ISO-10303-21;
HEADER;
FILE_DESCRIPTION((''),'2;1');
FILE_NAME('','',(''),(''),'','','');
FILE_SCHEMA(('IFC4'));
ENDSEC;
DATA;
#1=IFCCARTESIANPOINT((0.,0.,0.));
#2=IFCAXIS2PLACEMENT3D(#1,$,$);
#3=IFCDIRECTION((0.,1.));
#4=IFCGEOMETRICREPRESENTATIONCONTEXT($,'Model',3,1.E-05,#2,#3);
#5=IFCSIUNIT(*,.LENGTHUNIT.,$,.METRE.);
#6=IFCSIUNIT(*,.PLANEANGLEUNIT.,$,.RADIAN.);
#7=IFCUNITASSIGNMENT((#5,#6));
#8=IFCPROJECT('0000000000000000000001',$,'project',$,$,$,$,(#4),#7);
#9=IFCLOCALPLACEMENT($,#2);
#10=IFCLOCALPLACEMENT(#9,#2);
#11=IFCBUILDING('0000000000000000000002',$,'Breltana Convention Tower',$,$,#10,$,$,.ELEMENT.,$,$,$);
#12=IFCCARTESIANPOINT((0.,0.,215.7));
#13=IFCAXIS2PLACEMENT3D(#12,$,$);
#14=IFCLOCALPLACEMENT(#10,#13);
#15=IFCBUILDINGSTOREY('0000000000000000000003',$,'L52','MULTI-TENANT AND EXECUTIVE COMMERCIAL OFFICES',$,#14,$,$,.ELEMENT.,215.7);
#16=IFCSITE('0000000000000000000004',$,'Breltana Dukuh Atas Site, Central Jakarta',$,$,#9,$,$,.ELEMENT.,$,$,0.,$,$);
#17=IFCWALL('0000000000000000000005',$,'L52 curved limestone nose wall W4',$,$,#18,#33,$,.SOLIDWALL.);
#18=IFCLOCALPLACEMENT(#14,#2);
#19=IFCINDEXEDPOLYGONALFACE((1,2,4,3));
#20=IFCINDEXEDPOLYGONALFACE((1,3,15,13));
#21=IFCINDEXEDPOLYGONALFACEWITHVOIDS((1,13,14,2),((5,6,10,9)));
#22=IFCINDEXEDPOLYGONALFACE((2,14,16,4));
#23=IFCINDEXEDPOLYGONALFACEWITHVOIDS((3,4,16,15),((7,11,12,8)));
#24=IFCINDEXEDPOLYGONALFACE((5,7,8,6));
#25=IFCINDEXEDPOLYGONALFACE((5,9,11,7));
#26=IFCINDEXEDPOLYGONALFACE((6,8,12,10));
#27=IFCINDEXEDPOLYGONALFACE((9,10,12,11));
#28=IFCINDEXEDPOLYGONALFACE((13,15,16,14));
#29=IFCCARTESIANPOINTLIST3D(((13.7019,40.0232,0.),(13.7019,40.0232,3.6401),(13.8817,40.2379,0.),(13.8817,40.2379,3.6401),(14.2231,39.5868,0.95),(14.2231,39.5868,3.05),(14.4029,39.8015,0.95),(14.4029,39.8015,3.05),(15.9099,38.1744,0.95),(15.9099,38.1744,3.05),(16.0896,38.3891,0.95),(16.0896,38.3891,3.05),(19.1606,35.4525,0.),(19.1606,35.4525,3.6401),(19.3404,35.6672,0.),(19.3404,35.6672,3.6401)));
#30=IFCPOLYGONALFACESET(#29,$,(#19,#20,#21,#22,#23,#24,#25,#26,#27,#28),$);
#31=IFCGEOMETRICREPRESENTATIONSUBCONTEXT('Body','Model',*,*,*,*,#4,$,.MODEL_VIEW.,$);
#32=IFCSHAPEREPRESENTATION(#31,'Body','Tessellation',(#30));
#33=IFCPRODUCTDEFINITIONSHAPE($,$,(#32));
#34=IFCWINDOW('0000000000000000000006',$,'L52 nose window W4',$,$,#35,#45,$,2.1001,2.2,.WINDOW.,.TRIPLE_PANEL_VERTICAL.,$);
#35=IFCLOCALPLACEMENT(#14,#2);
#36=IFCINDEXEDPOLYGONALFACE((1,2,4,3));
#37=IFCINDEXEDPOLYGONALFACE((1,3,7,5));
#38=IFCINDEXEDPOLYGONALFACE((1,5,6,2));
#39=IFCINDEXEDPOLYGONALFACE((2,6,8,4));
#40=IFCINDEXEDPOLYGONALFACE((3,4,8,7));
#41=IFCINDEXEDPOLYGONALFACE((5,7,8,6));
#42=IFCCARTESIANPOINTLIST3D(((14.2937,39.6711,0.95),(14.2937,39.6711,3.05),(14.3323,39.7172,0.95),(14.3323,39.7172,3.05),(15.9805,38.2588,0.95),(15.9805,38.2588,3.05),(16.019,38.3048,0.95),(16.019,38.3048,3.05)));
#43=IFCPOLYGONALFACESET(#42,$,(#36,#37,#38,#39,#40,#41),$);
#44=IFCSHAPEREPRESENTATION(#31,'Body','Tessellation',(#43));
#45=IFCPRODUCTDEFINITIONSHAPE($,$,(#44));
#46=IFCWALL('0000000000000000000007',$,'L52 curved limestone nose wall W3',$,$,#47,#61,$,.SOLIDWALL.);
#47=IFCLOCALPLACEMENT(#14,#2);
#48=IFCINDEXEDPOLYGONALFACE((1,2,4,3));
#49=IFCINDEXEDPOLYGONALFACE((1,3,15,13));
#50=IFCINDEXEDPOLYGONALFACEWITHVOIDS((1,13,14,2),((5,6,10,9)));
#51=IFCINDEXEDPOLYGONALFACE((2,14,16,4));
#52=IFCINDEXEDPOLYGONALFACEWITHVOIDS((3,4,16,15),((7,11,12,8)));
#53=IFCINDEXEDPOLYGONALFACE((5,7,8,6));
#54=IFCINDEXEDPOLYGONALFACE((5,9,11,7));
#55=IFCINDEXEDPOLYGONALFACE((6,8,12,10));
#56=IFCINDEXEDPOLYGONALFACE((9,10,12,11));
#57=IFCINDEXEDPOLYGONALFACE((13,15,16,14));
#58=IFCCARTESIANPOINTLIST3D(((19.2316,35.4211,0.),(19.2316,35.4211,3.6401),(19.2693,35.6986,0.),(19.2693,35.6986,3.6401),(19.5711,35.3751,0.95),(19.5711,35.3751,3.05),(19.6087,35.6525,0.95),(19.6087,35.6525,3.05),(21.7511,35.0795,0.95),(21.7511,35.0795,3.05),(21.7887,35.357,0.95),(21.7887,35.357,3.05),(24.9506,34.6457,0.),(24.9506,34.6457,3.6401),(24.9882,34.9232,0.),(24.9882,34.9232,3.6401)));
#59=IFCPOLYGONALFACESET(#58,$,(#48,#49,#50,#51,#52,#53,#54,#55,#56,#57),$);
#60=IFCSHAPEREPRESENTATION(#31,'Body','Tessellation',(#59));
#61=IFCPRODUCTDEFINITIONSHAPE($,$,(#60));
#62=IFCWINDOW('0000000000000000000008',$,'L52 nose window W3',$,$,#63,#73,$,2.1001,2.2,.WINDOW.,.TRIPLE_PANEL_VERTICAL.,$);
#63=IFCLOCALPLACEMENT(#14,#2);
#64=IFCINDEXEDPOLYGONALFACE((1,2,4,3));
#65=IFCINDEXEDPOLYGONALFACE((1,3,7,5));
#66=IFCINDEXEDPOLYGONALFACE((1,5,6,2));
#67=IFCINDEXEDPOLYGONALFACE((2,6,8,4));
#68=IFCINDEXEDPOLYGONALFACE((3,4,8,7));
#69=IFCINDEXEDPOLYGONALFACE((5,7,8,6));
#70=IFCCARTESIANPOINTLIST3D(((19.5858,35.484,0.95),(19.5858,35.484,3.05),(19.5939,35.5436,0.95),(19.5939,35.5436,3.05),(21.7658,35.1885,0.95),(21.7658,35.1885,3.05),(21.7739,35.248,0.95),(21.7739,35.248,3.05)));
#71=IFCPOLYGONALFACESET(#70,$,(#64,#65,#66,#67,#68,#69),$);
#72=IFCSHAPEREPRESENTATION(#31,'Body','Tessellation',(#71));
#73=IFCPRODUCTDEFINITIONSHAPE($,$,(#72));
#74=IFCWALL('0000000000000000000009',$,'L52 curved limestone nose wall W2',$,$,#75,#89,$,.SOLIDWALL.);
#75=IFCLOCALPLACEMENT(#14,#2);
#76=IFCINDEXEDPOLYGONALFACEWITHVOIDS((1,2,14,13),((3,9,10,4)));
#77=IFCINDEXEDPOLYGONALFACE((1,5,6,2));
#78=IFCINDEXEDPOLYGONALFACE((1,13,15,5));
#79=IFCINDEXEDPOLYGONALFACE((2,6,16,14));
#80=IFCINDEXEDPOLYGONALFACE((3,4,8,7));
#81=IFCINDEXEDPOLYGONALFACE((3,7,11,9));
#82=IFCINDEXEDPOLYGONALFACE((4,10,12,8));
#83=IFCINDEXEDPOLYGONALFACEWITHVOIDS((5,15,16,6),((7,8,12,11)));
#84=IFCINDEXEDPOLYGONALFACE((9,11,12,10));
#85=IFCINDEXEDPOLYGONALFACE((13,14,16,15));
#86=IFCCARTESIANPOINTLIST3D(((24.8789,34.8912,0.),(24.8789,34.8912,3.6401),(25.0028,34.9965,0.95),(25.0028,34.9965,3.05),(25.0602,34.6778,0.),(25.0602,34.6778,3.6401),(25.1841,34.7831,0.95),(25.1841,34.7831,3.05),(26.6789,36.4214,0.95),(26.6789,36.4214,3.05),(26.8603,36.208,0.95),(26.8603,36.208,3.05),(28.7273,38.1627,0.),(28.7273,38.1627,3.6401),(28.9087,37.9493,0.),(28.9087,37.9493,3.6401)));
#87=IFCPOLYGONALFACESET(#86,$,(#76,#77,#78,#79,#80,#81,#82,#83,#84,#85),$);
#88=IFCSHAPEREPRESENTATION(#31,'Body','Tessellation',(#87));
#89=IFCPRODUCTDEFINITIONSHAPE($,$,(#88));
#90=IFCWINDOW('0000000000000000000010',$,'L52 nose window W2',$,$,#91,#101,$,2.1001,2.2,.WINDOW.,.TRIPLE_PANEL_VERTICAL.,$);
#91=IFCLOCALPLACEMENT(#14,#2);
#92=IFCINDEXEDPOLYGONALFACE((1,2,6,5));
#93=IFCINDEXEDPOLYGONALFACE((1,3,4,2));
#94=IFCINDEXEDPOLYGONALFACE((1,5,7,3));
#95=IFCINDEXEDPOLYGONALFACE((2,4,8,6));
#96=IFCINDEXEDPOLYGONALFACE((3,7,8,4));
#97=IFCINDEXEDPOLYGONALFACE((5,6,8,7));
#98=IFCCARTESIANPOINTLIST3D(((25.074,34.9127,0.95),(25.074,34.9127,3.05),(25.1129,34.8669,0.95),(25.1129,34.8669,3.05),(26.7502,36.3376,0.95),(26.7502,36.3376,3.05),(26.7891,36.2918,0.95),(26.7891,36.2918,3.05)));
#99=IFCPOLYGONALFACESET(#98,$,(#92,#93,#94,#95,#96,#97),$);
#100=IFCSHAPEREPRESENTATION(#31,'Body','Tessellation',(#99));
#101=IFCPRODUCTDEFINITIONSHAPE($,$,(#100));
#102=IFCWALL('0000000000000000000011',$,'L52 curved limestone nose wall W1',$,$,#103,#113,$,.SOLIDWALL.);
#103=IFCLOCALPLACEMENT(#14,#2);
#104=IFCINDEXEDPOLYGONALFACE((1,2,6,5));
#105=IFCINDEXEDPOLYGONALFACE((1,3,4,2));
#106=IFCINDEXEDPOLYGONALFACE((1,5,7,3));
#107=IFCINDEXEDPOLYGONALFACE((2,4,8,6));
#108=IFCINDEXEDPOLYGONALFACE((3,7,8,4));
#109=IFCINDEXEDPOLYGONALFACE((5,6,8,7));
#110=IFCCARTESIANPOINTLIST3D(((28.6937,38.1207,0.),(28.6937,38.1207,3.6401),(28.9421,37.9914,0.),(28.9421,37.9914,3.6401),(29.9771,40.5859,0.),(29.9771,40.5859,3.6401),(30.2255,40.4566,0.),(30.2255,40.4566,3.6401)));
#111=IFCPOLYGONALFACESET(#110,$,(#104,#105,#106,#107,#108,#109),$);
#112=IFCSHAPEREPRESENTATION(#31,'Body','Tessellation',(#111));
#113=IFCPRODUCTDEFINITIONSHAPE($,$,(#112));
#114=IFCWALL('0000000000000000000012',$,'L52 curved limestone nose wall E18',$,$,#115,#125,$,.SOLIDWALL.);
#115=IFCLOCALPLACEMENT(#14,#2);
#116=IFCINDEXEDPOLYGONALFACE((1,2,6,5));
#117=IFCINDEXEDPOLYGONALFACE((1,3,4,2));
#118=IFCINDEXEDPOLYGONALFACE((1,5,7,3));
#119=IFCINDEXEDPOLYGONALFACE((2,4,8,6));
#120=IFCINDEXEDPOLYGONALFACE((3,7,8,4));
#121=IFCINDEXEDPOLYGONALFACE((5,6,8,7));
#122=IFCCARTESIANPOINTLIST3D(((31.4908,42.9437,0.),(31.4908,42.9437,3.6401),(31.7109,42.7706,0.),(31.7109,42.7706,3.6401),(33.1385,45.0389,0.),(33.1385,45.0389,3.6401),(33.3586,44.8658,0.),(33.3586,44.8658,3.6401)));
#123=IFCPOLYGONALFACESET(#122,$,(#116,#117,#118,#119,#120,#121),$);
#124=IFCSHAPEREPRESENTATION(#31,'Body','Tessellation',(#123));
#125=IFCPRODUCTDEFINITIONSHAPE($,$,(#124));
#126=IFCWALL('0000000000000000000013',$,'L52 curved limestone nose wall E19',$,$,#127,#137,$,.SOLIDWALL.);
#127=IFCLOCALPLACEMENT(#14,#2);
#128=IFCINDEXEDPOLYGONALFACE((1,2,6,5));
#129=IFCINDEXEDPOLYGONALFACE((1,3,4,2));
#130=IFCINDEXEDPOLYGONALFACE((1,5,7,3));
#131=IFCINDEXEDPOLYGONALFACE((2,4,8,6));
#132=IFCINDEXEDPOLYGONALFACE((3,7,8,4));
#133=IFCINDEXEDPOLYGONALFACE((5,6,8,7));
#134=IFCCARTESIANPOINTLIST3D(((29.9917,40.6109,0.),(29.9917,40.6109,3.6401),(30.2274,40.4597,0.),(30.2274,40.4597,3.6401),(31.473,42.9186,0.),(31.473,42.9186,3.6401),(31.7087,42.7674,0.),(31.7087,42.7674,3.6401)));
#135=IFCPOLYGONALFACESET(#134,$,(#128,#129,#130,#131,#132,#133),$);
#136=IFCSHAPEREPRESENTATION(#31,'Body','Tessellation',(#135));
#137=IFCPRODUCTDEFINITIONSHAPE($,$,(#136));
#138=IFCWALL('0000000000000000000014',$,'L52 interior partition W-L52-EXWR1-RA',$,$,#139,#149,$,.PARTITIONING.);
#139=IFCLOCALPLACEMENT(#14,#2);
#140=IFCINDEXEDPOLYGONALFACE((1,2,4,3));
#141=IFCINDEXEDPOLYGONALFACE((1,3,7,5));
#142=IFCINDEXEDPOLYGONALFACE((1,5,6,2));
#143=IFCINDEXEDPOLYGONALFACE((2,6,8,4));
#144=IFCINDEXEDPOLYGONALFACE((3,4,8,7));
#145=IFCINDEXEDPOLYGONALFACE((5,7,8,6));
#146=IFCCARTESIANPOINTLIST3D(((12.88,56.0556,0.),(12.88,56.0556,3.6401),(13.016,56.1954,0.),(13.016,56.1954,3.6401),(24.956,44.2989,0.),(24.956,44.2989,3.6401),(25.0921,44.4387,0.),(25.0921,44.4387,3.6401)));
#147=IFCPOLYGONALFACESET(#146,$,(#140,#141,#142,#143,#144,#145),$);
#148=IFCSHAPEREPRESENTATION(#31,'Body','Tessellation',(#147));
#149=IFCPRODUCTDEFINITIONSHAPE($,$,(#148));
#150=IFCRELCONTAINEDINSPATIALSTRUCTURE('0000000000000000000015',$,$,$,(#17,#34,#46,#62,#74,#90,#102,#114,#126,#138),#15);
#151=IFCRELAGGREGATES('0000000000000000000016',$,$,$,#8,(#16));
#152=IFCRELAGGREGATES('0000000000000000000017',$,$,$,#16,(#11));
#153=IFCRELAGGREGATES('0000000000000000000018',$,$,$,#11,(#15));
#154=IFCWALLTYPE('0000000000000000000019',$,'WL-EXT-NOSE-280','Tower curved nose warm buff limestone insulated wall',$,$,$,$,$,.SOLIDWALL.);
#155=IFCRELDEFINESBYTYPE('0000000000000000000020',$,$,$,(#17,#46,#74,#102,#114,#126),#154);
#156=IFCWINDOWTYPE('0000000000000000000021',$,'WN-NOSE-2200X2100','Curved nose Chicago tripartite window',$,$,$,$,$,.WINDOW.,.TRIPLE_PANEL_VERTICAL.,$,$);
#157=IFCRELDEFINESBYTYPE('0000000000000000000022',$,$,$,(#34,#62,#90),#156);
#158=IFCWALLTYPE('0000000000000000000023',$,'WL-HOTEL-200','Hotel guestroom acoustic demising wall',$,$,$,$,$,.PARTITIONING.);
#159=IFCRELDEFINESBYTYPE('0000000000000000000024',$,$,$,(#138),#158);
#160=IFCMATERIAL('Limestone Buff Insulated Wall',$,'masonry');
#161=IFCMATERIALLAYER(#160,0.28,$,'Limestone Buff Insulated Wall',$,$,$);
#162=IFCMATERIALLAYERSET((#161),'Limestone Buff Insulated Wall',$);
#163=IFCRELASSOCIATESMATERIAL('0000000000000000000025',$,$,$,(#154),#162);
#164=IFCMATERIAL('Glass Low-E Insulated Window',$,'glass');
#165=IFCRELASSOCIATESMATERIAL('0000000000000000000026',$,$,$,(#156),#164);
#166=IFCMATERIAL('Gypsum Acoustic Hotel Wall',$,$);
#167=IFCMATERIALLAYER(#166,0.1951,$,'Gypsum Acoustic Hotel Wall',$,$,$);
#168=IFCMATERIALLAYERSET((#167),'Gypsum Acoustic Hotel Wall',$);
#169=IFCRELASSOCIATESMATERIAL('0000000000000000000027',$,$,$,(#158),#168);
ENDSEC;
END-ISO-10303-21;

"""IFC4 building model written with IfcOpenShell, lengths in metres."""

from ifc_helpers import new_model, si_unit, direction, frame, frame_2d, origin, place, context, subcontext, project, spatial, rectangle, extrude, source, transform, mapped, material, layer, layer_set, type_object, type_shapes, element, fill, save


model = new_model("IFC4")

# Units and contexts
model_context = context("Model", 3, precision=1e-05, world=origin(), true_north=direction((0.0, 1.0)))
body_context = subcontext(model_context, "Body", "Model", "MODEL_VIEW")
ifc_project = project(units=[si_unit("LENGTHUNIT", "METRE"), si_unit("PLANEANGLEUNIT", "RADIAN")], contexts=[model_context])

# Site, building, storey
site_placement = place(None, origin())
site = spatial("IfcSite", under=ifc_project, at=site_placement, Name="Breltana Dukuh Atas Site, Central Jakarta", CompositionType="ELEMENT", RefElevation=0.0)
building_placement = place(site_placement, origin())
building = spatial("IfcBuilding", under=site, at=building_placement, Name="Breltana Convention Tower", CompositionType="ELEMENT")
storey_placement = place(building_placement, frame((0.0, 0.0, 215.7)))
storey = spatial("IfcBuildingStorey", under=building, at=storey_placement, Name="L52", Description="MULTI-TENANT AND EXECUTIVE COMMERCIAL OFFICES", CompositionType="ELEMENT", Elevation=215.7)

# Walls, openings, windows
ifc_material_1 = material(Name="Limestone Buff Insulated Wall", Category="masonry")
ifc_layer_1 = layer(ifc_material_1, 0.28, Name="Limestone Buff Insulated Wall")
ifc_layer_set_1 = layer_set([ifc_layer_1], Name="Limestone Buff Insulated Wall")
wall_type_1 = type_object("IfcWallType", Name="WL-EXT-NOSE-280", Description="Tower curved nose warm buff limestone insulated wall", PredefinedType="SOLIDWALL", material=ifc_layer_set_1)
ifc_material_2 = material(Name="Glass Low-E Insulated Window", Category="glass")
window_type = type_object("IfcWindowType", Name="WN-NOSE-2200X2100", Description="Curved nose Chicago tripartite window", PartitioningType="TRIPLE_PANEL_VERTICAL", PredefinedType="WINDOW", material=ifc_material_2)
shared_shape_1 = source(origin(), body_context, "Body", "SweptSolid", [
    extrude(rectangle(XDim=2.2, YDim=2.1001, at=frame_2d((1.1001, 1.05))), frame((0.0, 0.03, 0.0), z_axis=(0.0, -1.0, 0.0), x_axis=(1.0, 0.0, 0.0)), (0.0, 0.0, 1.0), 0.0601),
])
type_shapes(window_type, [shared_shape_1])
shared_shape_2 = source(origin(), body_context, "Body", "SweptSolid", [
    extrude(rectangle(XDim=7.1196, YDim=0.28, at=frame_2d((3.5598, 0.0))), origin(), (0.0, 0.0, 1.0), 3.6401),
])
wall_1_placement = place(storey_placement, frame((19.2505, 35.5598, 0.0), z_axis=(0.0, 0.0, 1.0), x_axis=(-0.76671, 0.641994, 0.0)))
wall_1 = element("IfcWall", 1, at=wall_1_placement, inside=storey, type_object=wall_type_1, Name="L52 curved limestone nose wall W4", PredefinedType="SOLIDWALL", context=body_context, shape_type="MappedRepresentation", body=[
    mapped(shared_shape_2, transform((0.0, 0.0, 0.0), scale=1.0)),
])
opening_1_placement = place(wall_1_placement, frame((4.2397, 0.0, 0.95)))
opening_1 = element("IfcOpeningElement", 2, at=opening_1_placement, cuts=wall_1, PredefinedType="OPENING", context=body_context, shape_type="SweptSolid", body=[
    extrude(rectangle(XDim=2.2, YDim=2.1001, at=frame_2d((1.1001, 1.05))), frame((0.0, 0.1499, 0.0), z_axis=(0.0, -1.0, 0.0), x_axis=(1.0, 0.0, 0.0)), (0.0, 0.0, 1.0), 0.3),
])
window_1_placement = place(opening_1_placement, origin())
window_1 = element("IfcWindow", 3, at=window_1_placement, inside=storey, type_object=window_type, Name="L52 nose window W4", OverallHeight=2.1001, OverallWidth=2.2, PartitioningType="TRIPLE_PANEL_VERTICAL", PredefinedType="WINDOW", context=body_context, shape_type="MappedRepresentation", body=[
    mapped(shared_shape_1, transform((0.0, 0.0, 0.0), scale=1.0)),
])
fill(opening_1, window_1)
shared_shape_3 = source(origin(), body_context, "Body", "SweptSolid", [
    extrude(rectangle(XDim=5.7712, YDim=0.28, at=frame_2d((2.8857, 0.0))), origin(), (0.0, 0.0, 1.0), 3.6401),
])
wall_2_placement = place(storey_placement, frame((24.9695, 34.7844, 0.0), z_axis=(0.0, 0.0, 1.0), x_axis=(-0.990934, 0.134352, 0.0)))
wall_2 = element("IfcWall", 4, at=wall_2_placement, inside=storey, type_object=wall_type_1, Name="L52 curved limestone nose wall W3", PredefinedType="SOLIDWALL", context=body_context, shape_type="MappedRepresentation", body=[
    mapped(shared_shape_3, transform((0.0, 0.0, 0.0), scale=1.0)),
])
opening_2_placement = place(wall_2_placement, frame((3.2288, 0.0, 0.95)))
opening_2 = element("IfcOpeningElement", 5, at=opening_2_placement, cuts=wall_2, PredefinedType="OPENING", context=body_context, shape_type="SweptSolid", body=[
    extrude(rectangle(XDim=2.2, YDim=2.1001, at=frame_2d((1.1001, 1.05))), frame((0.0, 0.1499, 0.0), z_axis=(0.0, -1.0, 0.0), x_axis=(1.0, 0.0, 0.0)), (0.0, 0.0, 1.0), 0.3),
])
window_2_placement = place(opening_2_placement, origin())
window_2 = element("IfcWindow", 6, at=window_2_placement, inside=storey, type_object=window_type, Name="L52 nose window W3", OverallHeight=2.1001, OverallWidth=2.2, PartitioningType="TRIPLE_PANEL_VERTICAL", PredefinedType="WINDOW", context=body_context, shape_type="MappedRepresentation", body=[
    mapped(shared_shape_1, transform((0.0, 0.0, 0.0), scale=1.0)),
])
fill(opening_2, window_2)
shared_shape_4 = source(origin(), body_context, "Body", "SweptSolid", [
    extrude(rectangle(XDim=5.051, YDim=0.28, at=frame_2d((2.5254, 0.0))), origin(), (0.0, 0.0, 1.0), 3.6401),
])
wall_3_placement = place(storey_placement, frame((28.8179, 38.0559, 0.0), z_axis=(0.0, 0.0, 1.0), x_axis=(-0.761905, -0.647689, 0.0)))
wall_3 = element("IfcWall", 7, at=wall_3_placement, inside=storey, type_object=wall_type_1, Name="L52 curved limestone nose wall W2", PredefinedType="SOLIDWALL", context=body_context, shape_type="MappedRepresentation", body=[
    mapped(shared_shape_4, transform((0.0, 0.0, 0.0), scale=1.0)),
])
opening_3_placement = place(wall_3_placement, frame((2.6882, 0.0, 0.95)))
opening_3 = element("IfcOpeningElement", 8, at=opening_3_placement, cuts=wall_3, PredefinedType="OPENING", context=body_context, shape_type="SweptSolid", body=[
    extrude(rectangle(XDim=2.2, YDim=2.1001, at=frame_2d((1.1001, 1.05))), frame((0.0, 0.1499, 0.0), z_axis=(0.0, -1.0, 0.0), x_axis=(1.0, 0.0, 0.0)), (0.0, 0.0, 1.0), 0.3),
])
window_3_placement = place(opening_3_placement, origin())
window_3 = element("IfcWindow", 9, at=window_3_placement, inside=storey, type_object=window_type, Name="L52 nose window W2", OverallHeight=2.1001, OverallWidth=2.2, PartitioningType="TRIPLE_PANEL_VERTICAL", PredefinedType="WINDOW", context=body_context, shape_type="MappedRepresentation", body=[
    mapped(shared_shape_1, transform((0.0, 0.0, 0.0), scale=1.0)),
])
fill(opening_3, window_3)

# Walls
shared_shape_5 = source(origin(), body_context, "Body", "SweptSolid", [
    extrude(rectangle(XDim=2.7793, YDim=0.28, at=frame_2d((1.3896, 0.0))), origin(), (0.0, 0.0, 1.0), 3.6401),
])
wall_4_placement = place(storey_placement, frame((30.1013, 40.5212, 0.0), z_axis=(0.0, 0.0, 1.0), x_axis=(-0.46177, -0.887, 0.0)))
element("IfcWall", 10, at=wall_4_placement, inside=storey, type_object=wall_type_1, Name="L52 curved limestone nose wall W1", PredefinedType="SOLIDWALL", context=body_context, shape_type="MappedRepresentation", body=[
    mapped(shared_shape_5, transform((0.0, 0.0, 0.0), scale=1.0)),
])
shared_shape_6 = source(origin(), body_context, "Body", "SweptSolid", [
    extrude(rectangle(XDim=2.6655, YDim=0.28, at=frame_2d((1.3328, 0.0))), origin(), (0.0, 0.0, 1.0), 3.6401),
])
wall_5_placement = place(storey_placement, frame((33.2485, 44.9524, 0.0), z_axis=(0.0, 0.0, 1.0), x_axis=(-0.618161, -0.786051, 0.0)))
element("IfcWall", 11, at=wall_5_placement, inside=storey, type_object=wall_type_1, Name="L52 curved limestone nose wall E18", PredefinedType="SOLIDWALL", context=body_context, shape_type="MappedRepresentation", body=[
    mapped(shared_shape_6, transform((0.0, 0.0, 0.0), scale=1.0)),
])
shared_shape_7 = source(origin(), body_context, "Body", "SweptSolid", [
    extrude(rectangle(XDim=2.7422, YDim=0.28, at=frame_2d((1.3711, 0.0))), origin(), (0.0, 0.0, 1.0), 3.6401),
])
wall_6_placement = place(storey_placement, frame((31.5908, 42.843, 0.0), z_axis=(0.0, 0.0, 1.0), x_axis=(-0.540172, -0.841554, 0.0)))
element("IfcWall", 12, at=wall_6_placement, inside=storey, type_object=wall_type_1, Name="L52 curved limestone nose wall E19", PredefinedType="SOLIDWALL", context=body_context, shape_type="MappedRepresentation", body=[
    mapped(shared_shape_7, transform((0.0, 0.0, 0.0), scale=1.0)),
])

# Shared definitions
ifc_material_3 = material(Name="Gypsum Acoustic Hotel Wall")
ifc_layer_2 = layer(ifc_material_3, 0.1951, Name="Gypsum Acoustic Hotel Wall")
ifc_layer_set_2 = layer_set([ifc_layer_2], Name="Gypsum Acoustic Hotel Wall")
wall_type_2 = type_object("IfcWallType", Name="WL-HOTEL-200", Description="Hotel guestroom acoustic demising wall", PredefinedType="PARTITIONING", material=ifc_layer_set_2)

# Wall
shared_shape_8 = source(origin(), body_context, "Body", "SweptSolid", [
    extrude(rectangle(XDim=16.8538, YDim=0.1951, at=frame_2d((8.4268, 0.0))), origin(), (0.0, 0.0, 1.0), 3.6401),
])
wall_7_placement = place(storey_placement, frame((25.0239, 44.3689, 0.0), z_axis=(0.0, 0.0, 1.0), x_axis=(-0.716517, 0.69757, 0.0)))
element("IfcWall", 13, at=wall_7_placement, inside=storey, type_object=wall_type_2, Name="L52 interior partition W-L52-EXWR1-RA", PredefinedType="PARTITIONING", context=body_context, shape_type="MappedRepresentation", body=[
    mapped(shared_shape_8, transform((0.0, 0.0, 0.0), scale=1.0)),
])

save(model, "model.ifc")
